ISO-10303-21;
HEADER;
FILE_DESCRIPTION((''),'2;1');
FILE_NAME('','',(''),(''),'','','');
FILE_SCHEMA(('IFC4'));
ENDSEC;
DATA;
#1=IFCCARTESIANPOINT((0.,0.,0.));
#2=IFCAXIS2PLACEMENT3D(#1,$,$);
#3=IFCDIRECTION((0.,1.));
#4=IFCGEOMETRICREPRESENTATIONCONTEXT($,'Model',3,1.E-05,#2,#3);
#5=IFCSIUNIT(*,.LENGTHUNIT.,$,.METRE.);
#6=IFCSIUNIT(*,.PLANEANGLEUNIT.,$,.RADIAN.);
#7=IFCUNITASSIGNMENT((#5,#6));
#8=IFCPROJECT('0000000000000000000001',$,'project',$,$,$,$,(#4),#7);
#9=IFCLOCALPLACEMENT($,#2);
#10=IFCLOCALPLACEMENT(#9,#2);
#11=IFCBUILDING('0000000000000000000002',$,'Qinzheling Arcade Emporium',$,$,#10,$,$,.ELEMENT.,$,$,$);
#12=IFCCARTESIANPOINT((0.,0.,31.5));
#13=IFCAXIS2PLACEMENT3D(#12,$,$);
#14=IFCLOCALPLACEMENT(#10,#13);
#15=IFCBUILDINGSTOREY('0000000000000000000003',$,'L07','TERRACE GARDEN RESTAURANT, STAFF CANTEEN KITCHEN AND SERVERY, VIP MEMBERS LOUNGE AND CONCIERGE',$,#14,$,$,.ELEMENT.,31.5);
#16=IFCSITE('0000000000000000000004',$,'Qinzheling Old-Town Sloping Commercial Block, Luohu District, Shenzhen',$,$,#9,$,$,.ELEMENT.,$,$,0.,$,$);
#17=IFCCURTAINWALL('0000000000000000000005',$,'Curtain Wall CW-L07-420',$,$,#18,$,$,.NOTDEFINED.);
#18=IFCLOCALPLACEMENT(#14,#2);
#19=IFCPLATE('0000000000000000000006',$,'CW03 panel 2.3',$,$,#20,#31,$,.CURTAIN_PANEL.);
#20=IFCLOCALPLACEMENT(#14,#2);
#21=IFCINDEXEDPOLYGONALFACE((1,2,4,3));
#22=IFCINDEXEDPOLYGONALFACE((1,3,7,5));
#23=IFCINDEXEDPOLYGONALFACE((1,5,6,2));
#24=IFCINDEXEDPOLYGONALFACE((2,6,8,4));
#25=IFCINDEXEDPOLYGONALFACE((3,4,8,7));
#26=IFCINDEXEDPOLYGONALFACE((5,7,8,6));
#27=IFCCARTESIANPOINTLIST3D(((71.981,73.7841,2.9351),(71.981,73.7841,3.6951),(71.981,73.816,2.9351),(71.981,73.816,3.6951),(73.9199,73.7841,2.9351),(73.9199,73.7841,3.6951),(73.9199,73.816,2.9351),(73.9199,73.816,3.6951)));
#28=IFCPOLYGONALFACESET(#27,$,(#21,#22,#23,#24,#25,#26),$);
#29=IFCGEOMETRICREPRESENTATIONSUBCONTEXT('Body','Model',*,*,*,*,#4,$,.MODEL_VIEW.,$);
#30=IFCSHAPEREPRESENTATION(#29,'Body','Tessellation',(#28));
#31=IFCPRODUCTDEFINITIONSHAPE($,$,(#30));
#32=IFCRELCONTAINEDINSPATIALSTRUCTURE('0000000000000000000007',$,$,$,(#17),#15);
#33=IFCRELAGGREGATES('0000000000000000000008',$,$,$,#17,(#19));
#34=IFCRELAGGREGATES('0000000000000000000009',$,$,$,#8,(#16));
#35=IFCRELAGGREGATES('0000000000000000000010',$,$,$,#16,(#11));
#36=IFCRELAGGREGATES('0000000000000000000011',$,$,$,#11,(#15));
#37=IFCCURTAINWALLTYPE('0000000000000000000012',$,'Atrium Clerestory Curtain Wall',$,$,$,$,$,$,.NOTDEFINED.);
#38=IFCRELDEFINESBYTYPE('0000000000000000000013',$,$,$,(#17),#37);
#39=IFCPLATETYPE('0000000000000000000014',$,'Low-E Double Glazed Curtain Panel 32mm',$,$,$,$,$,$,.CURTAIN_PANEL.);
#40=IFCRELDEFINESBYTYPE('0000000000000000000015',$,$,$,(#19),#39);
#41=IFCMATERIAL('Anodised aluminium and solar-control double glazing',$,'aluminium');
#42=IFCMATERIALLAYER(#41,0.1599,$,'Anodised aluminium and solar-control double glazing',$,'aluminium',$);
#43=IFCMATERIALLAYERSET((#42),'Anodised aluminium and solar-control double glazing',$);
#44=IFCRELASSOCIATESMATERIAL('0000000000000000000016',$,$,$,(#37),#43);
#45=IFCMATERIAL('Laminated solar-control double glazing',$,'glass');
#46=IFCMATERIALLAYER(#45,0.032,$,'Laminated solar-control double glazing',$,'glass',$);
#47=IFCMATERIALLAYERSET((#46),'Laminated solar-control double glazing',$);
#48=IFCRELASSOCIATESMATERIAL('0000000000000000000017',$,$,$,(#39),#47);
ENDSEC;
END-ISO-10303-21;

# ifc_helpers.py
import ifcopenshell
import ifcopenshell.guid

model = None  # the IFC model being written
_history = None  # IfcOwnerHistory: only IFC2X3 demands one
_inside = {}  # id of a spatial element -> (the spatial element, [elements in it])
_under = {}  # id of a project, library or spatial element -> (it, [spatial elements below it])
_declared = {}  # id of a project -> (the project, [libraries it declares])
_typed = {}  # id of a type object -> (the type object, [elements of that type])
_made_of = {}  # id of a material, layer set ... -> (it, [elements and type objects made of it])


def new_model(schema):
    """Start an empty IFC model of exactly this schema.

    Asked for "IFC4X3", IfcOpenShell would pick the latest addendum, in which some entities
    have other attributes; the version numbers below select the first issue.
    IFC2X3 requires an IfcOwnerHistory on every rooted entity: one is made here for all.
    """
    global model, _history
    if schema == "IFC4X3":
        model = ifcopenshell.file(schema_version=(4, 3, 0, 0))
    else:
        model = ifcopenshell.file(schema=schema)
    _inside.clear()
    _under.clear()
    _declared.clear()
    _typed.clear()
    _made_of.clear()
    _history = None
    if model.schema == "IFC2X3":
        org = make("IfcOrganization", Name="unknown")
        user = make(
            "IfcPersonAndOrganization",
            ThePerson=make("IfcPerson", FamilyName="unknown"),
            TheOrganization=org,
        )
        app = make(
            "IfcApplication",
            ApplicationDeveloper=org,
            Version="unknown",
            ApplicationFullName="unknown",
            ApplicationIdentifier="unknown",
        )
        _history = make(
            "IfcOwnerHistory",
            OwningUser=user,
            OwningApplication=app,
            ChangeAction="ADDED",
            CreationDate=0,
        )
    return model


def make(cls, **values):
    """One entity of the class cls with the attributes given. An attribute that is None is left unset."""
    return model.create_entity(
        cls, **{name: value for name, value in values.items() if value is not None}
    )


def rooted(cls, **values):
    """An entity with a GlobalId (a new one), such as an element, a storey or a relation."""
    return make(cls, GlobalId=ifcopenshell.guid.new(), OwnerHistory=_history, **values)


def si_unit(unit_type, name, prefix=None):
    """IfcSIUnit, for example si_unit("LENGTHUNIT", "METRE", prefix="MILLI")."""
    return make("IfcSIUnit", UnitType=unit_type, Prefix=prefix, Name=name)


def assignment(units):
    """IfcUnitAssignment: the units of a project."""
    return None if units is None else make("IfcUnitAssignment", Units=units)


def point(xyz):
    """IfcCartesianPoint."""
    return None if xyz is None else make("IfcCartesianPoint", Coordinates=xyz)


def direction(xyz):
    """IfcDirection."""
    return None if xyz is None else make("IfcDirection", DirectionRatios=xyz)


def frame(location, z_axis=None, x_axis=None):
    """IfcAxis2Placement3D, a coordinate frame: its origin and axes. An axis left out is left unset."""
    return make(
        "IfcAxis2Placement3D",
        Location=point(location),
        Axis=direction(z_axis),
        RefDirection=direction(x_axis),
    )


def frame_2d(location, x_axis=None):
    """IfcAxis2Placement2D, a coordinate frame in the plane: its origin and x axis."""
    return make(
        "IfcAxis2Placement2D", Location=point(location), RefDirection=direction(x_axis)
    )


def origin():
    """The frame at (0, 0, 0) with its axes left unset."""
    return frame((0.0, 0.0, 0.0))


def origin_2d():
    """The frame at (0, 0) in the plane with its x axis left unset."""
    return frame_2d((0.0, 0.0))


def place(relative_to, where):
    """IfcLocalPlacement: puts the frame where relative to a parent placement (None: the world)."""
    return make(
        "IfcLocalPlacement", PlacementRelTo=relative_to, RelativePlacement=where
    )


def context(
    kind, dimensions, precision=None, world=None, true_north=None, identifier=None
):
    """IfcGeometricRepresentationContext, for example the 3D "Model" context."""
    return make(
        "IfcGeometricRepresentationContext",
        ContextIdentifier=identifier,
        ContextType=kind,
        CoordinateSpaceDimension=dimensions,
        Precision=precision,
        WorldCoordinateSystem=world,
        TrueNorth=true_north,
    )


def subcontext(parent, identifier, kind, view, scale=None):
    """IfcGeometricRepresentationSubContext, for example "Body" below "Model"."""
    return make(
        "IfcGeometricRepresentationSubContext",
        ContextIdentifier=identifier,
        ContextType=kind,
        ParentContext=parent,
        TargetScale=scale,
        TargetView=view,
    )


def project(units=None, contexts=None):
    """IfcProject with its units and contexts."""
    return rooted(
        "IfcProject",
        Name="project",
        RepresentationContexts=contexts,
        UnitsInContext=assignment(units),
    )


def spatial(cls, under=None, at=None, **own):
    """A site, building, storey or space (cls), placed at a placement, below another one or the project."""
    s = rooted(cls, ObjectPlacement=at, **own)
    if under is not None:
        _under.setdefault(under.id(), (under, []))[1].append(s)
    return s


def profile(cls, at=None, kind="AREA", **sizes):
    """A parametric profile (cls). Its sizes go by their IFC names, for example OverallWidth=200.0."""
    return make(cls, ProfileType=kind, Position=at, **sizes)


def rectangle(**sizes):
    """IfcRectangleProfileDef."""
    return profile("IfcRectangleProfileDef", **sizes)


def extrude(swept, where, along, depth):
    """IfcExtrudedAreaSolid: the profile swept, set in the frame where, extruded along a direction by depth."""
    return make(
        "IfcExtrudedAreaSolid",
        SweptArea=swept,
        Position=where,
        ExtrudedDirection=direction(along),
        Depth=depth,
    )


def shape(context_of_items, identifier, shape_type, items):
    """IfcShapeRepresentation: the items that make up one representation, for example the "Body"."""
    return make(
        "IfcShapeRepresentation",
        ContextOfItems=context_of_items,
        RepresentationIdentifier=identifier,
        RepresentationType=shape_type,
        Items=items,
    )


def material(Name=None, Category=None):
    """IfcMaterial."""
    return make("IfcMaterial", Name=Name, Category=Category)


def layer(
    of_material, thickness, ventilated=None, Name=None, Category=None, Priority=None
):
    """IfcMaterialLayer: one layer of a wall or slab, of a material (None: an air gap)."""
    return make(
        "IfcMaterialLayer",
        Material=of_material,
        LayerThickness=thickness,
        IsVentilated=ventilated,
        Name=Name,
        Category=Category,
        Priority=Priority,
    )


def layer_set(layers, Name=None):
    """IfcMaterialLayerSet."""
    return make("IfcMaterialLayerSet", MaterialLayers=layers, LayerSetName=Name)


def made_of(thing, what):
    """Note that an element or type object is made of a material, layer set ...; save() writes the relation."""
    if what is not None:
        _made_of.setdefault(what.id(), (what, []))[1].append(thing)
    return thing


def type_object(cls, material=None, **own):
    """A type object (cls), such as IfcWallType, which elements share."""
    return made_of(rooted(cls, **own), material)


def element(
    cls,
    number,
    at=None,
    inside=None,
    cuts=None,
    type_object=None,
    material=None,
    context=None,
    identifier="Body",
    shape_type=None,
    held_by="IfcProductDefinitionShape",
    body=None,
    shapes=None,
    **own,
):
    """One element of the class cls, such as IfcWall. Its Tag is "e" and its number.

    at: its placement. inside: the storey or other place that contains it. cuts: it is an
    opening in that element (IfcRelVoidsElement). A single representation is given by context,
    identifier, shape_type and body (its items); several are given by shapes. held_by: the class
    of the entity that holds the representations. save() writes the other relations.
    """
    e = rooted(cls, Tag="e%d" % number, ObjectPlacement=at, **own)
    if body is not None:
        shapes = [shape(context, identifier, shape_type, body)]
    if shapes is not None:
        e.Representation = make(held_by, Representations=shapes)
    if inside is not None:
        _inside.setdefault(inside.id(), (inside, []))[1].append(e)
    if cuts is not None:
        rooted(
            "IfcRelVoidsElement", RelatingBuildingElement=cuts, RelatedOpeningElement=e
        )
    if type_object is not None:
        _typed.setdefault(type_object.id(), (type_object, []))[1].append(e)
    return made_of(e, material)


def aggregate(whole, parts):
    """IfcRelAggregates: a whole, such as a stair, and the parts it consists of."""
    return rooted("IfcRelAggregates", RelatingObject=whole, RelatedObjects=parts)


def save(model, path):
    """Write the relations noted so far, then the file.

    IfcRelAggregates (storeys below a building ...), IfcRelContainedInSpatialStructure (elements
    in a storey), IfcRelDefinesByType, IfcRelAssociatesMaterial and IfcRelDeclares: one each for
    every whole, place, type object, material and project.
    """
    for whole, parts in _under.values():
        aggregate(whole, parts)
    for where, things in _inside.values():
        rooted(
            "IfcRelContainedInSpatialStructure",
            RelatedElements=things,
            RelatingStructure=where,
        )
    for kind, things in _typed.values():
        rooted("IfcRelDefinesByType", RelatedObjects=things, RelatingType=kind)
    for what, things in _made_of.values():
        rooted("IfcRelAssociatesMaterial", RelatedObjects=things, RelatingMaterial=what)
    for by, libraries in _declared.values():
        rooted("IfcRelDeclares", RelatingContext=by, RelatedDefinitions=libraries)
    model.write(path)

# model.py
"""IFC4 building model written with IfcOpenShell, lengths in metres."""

from ifc_helpers import new_model, si_unit, direction, frame, origin, origin_2d, place, context, subcontext, project, spatial, rectangle, extrude, material, layer, layer_set, type_object, element, aggregate, save


model = new_model("IFC4")

# Units and contexts
model_context = context("Model", 3, precision=1e-05, world=origin(), true_north=direction((0.0, 1.0)))
body_context = subcontext(model_context, "Body", "Model", "MODEL_VIEW")
ifc_project = project(units=[si_unit("LENGTHUNIT", "METRE"), si_unit("PLANEANGLEUNIT", "RADIAN")], contexts=[model_context])

# Site, building, storey
site_placement = place(None, origin())
site = spatial("IfcSite", under=ifc_project, at=site_placement, Name="Qinzheling Old-Town Sloping Commercial Block, Luohu District, Shenzhen", CompositionType="ELEMENT", RefElevation=0.0)
building_placement = place(site_placement, origin())
building = spatial("IfcBuilding", under=site, at=building_placement, Name="Qinzheling Arcade Emporium", CompositionType="ELEMENT")
storey_placement = place(building_placement, frame((0.0, 0.0, 31.5)))
storey = spatial("IfcBuildingStorey", under=building, at=storey_placement, Name="L07", Description="TERRACE GARDEN RESTAURANT, STAFF CANTEEN KITCHEN AND SERVERY, VIP MEMBERS LOUNGE AND CONCIERGE", CompositionType="ELEMENT", Elevation=31.5)

# Shared definitions
ifc_material_1 = material(Name="Anodised aluminium and solar-control double glazing", Category="aluminium")
ifc_layer_1 = layer(ifc_material_1, 0.1599, Name="Anodised aluminium and solar-control double glazing", Category="aluminium")
ifc_layer_set_1 = layer_set([ifc_layer_1], Name="Anodised aluminium and solar-control double glazing")
curtain_wall_type = type_object("IfcCurtainWallType", Name="Atrium Clerestory Curtain Wall", PredefinedType="NOTDEFINED", material=ifc_layer_set_1)

# Curtain wall
curtain_wall_1_placement = place(storey_placement, origin())
curtain_wall_1 = element("IfcCurtainWall", 1, at=curtain_wall_1_placement, inside=storey, type_object=curtain_wall_type, Name="Curtain Wall CW-L07-420", PredefinedType="NOTDEFINED")

# Plate
ifc_material_2 = material(Name="Laminated solar-control double glazing", Category="glass")
ifc_layer_2 = layer(ifc_material_2, 0.032, Name="Laminated solar-control double glazing", Category="glass")
ifc_layer_set_2 = layer_set([ifc_layer_2], Name="Laminated solar-control double glazing")
plate_type_1 = type_object("IfcPlateType", Name="Low-E Double Glazed Curtain Panel 32mm", PredefinedType="CURTAIN_PANEL", material=ifc_layer_set_2)
plate_1_placement = place(storey_placement, frame((72.9504, 73.8, 2.9351), z_axis=(0.0, 0.0, 1.0), x_axis=(1.0, 0.0, 0.0)))
plate_1 = element("IfcPlate", 2, at=plate_1_placement, type_object=plate_type_1, Name="CW03 panel 2.3", PredefinedType="CURTAIN_PANEL", context=body_context, shape_type="SweptSolid", body=[
    extrude(rectangle(XDim=1.939, YDim=0.032, at=origin_2d()), origin(), (0.0, 0.0, 1.0), 0.76),
])
aggregate(curtain_wall_1, [plate_1])

save(model, "model.ifc")
